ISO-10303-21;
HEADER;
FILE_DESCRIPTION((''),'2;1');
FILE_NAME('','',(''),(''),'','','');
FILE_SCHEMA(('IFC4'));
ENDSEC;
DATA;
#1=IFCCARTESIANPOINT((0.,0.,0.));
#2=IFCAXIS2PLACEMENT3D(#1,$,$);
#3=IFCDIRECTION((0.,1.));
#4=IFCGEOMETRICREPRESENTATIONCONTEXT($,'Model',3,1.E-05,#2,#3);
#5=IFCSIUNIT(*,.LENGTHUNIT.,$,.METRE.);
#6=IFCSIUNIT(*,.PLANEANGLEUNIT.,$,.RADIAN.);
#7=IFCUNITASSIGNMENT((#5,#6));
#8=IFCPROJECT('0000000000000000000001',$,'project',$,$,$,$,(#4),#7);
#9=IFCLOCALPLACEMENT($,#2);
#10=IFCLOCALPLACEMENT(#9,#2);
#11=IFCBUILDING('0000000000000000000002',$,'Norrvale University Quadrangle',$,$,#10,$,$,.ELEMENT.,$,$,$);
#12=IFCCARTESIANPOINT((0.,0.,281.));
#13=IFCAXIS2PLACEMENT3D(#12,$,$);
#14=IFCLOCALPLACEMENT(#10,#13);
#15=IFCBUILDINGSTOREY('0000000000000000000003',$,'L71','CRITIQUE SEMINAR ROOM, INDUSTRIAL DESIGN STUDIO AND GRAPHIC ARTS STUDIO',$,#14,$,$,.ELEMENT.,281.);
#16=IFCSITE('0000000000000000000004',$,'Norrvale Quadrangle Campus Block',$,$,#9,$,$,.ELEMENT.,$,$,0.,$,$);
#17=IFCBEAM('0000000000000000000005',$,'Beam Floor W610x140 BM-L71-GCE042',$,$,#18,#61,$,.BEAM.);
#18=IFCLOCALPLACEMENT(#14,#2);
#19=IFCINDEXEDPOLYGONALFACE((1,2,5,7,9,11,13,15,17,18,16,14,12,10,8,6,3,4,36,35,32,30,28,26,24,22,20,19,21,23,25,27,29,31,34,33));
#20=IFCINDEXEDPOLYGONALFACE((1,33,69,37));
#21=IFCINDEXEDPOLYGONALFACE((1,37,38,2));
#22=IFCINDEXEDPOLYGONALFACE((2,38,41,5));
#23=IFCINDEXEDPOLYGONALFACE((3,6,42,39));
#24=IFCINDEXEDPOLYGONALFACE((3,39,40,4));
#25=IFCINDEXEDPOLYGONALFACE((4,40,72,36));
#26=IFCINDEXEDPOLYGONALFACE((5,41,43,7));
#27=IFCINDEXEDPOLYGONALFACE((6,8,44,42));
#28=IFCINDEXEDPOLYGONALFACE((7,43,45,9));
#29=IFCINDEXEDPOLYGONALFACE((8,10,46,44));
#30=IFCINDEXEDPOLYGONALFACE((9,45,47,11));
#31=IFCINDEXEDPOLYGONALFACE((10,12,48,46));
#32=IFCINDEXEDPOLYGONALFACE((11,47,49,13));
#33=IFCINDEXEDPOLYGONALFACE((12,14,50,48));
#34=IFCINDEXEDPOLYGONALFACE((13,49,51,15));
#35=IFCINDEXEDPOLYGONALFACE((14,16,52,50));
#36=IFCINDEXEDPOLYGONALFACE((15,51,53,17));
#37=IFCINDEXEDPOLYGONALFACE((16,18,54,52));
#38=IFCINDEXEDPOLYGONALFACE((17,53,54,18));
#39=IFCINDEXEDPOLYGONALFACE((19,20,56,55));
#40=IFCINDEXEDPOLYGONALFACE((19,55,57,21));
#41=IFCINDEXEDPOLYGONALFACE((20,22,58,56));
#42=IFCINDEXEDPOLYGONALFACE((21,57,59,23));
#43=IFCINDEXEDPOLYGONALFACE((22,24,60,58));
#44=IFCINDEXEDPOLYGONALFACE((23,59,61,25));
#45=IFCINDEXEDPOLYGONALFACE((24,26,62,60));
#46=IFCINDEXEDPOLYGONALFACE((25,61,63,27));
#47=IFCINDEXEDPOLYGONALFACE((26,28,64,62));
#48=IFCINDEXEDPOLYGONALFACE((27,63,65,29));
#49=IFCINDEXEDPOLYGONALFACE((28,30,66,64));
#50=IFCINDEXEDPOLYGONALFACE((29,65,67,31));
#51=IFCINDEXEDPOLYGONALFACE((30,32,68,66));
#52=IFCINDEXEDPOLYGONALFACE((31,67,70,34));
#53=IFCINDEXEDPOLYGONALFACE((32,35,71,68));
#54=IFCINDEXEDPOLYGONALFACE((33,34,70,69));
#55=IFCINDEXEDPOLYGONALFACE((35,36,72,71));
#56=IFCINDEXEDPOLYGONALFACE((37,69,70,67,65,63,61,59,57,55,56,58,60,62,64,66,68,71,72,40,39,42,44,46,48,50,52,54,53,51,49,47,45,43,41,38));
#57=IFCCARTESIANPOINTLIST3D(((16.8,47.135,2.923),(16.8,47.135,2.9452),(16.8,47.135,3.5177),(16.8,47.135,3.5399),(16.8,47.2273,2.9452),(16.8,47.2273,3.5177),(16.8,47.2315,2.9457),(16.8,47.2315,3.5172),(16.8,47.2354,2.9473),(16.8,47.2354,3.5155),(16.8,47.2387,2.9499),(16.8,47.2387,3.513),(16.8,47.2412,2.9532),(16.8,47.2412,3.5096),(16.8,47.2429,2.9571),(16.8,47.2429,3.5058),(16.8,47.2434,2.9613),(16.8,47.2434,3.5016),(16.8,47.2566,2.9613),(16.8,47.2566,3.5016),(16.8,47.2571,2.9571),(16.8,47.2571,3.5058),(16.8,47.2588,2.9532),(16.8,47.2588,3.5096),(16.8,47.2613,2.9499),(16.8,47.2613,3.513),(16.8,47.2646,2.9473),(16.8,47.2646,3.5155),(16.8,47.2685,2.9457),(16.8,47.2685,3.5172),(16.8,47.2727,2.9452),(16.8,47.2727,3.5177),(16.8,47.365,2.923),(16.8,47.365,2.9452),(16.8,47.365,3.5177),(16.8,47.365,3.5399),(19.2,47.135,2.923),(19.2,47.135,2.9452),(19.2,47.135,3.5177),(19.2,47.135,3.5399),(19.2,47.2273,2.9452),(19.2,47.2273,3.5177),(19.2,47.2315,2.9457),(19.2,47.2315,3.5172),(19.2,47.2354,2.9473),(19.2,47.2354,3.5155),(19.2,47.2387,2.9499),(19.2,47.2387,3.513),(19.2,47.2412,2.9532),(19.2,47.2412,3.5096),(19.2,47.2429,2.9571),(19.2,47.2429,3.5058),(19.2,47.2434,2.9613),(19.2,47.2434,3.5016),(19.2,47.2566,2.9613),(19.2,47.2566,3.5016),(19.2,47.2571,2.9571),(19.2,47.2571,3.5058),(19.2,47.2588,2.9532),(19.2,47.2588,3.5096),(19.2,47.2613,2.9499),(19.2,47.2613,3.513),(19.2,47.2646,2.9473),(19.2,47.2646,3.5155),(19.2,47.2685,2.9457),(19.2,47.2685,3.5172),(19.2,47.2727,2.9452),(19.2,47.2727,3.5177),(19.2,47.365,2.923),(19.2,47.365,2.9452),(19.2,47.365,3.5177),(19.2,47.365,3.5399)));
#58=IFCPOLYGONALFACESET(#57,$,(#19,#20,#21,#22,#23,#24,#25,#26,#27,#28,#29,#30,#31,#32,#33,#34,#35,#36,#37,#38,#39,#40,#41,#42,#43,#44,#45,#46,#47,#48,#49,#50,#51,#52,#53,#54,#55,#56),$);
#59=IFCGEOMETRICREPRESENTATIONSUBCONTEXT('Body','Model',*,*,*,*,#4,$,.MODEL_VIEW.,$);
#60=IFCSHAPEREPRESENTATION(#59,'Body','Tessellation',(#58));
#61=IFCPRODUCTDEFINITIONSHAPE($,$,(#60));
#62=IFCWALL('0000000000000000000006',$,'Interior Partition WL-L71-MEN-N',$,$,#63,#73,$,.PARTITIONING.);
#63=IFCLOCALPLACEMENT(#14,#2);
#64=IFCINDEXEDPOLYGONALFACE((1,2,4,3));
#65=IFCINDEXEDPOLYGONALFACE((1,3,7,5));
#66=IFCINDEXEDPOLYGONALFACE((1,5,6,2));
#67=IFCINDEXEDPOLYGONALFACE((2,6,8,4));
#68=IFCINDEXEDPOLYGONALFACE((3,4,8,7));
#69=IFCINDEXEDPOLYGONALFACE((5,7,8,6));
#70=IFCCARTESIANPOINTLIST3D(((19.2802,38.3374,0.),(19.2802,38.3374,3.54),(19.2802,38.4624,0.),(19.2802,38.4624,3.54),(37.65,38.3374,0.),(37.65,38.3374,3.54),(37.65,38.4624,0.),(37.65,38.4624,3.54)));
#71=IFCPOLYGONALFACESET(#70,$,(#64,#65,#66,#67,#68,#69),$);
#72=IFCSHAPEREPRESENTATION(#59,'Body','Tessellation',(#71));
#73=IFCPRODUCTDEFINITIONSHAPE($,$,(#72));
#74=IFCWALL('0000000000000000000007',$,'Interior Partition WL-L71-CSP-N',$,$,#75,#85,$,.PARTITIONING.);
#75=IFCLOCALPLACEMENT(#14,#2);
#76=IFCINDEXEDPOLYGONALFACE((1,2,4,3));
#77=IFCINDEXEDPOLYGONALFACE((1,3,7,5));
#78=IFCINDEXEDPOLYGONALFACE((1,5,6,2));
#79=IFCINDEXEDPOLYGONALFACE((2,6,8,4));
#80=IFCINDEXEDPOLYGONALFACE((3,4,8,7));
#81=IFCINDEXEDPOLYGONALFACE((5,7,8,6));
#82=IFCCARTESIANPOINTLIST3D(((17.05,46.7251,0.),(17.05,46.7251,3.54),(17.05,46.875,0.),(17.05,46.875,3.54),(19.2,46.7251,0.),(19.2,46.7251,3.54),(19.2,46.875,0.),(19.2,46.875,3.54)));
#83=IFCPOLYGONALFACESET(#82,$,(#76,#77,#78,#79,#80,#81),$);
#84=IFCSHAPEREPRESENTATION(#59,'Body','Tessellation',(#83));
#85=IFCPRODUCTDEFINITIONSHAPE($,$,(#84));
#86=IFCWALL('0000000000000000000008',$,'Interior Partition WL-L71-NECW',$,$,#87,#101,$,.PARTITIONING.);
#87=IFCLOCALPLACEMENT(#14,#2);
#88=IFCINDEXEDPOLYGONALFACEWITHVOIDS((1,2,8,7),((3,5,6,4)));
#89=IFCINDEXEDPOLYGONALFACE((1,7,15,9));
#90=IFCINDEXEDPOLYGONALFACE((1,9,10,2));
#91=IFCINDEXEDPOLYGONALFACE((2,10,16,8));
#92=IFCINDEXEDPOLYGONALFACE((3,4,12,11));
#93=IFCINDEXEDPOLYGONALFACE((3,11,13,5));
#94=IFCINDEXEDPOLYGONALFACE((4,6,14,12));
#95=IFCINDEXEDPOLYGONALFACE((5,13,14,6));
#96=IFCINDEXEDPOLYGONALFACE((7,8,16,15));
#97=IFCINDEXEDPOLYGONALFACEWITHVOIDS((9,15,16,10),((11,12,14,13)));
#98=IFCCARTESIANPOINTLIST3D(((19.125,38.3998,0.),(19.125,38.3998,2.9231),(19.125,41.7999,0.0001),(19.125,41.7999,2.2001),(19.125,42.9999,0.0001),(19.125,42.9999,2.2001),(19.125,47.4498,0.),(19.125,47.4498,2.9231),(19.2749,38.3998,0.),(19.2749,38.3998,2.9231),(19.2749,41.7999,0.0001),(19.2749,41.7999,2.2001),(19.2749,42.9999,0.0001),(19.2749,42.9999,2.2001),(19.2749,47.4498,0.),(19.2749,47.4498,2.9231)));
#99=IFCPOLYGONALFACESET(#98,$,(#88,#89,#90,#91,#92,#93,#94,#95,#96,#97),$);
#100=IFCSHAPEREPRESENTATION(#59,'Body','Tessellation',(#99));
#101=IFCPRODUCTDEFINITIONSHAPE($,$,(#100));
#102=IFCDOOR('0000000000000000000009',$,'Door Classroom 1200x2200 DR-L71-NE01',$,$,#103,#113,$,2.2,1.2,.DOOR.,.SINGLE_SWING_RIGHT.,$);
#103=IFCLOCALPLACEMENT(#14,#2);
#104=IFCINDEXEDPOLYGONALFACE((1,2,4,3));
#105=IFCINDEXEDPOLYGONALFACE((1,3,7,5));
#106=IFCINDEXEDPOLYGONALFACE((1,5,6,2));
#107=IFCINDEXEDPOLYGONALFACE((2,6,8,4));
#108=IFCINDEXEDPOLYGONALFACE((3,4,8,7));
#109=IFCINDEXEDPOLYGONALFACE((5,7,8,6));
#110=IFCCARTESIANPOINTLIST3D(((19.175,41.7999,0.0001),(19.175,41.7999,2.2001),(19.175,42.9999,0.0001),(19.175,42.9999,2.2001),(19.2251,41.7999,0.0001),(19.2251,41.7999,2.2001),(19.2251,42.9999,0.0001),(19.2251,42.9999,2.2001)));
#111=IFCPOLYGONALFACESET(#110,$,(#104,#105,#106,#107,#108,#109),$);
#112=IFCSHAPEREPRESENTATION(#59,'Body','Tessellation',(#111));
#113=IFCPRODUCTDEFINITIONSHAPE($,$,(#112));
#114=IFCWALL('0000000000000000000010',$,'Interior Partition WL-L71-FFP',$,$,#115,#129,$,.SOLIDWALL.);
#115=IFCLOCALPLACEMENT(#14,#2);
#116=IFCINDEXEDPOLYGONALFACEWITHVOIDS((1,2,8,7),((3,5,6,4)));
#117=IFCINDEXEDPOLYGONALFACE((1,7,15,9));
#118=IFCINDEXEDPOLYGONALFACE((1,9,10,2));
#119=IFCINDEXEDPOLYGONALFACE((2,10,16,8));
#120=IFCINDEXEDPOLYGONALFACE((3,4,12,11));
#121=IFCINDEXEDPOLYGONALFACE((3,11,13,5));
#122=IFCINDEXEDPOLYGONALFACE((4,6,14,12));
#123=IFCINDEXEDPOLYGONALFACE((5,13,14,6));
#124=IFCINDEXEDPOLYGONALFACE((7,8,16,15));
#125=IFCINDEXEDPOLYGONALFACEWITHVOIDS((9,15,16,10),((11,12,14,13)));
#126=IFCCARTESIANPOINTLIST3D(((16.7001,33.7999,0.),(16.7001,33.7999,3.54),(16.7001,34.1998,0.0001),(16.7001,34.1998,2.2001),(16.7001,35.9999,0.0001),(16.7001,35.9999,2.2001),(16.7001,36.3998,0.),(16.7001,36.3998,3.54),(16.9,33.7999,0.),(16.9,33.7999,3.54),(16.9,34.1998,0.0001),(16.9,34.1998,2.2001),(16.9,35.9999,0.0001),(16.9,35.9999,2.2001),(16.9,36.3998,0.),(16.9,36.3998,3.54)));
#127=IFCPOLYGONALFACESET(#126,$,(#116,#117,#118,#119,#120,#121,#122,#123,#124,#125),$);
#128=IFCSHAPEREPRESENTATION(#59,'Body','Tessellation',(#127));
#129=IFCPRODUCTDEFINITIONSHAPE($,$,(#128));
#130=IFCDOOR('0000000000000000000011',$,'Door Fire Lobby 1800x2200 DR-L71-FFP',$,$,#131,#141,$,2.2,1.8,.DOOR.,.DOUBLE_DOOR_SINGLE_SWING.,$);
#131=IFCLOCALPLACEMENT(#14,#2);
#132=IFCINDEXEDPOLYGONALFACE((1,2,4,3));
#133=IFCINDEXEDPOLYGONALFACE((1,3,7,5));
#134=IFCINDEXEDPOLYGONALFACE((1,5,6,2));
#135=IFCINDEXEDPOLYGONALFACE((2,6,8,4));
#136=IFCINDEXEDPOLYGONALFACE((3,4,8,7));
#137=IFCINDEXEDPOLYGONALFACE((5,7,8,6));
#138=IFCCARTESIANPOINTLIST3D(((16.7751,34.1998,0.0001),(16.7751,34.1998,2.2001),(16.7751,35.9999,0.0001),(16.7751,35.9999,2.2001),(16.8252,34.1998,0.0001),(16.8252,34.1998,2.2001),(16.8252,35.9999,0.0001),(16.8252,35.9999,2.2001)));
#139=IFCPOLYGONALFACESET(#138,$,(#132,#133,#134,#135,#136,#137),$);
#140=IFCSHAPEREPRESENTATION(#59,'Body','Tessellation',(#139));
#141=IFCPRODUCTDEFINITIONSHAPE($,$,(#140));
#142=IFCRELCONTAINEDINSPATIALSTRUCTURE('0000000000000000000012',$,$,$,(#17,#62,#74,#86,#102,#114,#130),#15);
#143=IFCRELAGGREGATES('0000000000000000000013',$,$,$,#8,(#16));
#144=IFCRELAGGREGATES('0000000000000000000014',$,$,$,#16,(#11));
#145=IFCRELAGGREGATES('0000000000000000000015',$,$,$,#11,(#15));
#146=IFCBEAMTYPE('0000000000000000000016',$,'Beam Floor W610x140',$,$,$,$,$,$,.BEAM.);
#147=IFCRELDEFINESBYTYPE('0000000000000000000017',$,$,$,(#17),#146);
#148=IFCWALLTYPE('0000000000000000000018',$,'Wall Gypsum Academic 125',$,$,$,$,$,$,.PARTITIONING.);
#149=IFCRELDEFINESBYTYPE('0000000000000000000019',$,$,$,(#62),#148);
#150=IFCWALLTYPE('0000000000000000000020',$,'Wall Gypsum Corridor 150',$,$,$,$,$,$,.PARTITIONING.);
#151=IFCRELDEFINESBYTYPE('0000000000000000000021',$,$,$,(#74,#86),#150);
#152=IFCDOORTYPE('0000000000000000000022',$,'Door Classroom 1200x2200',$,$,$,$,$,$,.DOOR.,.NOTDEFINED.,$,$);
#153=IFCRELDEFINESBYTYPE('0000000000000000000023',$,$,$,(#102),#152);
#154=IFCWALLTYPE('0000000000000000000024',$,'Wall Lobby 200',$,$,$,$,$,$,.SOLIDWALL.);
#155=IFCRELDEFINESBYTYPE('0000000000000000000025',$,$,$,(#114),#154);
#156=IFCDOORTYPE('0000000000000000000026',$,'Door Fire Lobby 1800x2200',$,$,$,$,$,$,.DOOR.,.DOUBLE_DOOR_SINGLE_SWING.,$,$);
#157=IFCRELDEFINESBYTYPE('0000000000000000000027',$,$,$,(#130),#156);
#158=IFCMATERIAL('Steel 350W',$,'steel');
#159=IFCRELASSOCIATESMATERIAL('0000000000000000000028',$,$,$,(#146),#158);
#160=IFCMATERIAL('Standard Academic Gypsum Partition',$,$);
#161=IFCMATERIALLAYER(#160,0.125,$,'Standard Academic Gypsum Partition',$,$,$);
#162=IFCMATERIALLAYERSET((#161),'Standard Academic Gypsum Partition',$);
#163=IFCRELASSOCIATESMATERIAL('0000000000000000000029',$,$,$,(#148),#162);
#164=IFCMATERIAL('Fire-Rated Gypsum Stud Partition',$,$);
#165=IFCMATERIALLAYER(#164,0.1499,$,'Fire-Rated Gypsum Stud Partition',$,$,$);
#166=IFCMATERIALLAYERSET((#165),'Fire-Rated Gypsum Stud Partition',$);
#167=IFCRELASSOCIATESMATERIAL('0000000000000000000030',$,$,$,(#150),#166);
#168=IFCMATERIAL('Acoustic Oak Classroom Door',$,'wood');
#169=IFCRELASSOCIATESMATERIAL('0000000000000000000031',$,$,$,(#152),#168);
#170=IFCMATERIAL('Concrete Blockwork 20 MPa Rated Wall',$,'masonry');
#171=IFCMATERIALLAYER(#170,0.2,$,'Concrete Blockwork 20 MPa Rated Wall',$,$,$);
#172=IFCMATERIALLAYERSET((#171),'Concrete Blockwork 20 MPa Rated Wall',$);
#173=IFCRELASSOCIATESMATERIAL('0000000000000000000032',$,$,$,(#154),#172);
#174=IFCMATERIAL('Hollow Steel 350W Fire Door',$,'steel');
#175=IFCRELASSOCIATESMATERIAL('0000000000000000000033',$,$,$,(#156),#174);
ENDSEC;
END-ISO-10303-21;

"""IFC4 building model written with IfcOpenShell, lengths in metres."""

from ifc_helpers import new_model, si_unit, direction, frame, frame_2d, origin, origin_2d, place, context, subcontext, project, spatial, rectangle, i_section, extrude, material, layer, layer_set, material_profile, profile_set, type_object, element, fill, save


model = new_model("IFC4")

# Units and contexts
model_context = context("Model", 3, precision=1e-05, world=origin(), true_north=direction((0.0, 1.0)))
body_context = subcontext(model_context, "Body", "Model", "MODEL_VIEW")
ifc_project = project(units=[si_unit("LENGTHUNIT", "METRE"), si_unit("PLANEANGLEUNIT", "RADIAN")], contexts=[model_context])

# Site, building, storey
site_placement = place(None, origin())
site = spatial("IfcSite", under=ifc_project, at=site_placement, Name="Norrvale Quadrangle Campus Block", CompositionType="ELEMENT", RefElevation=0.0)
building_placement = place(site_placement, origin())
building = spatial("IfcBuilding", under=site, at=building_placement, Name="Norrvale University Quadrangle", CompositionType="ELEMENT")
storey_placement = place(building_placement, frame((0.0, 0.0, 281.0)))
storey = spatial("IfcBuildingStorey", under=building, at=storey_placement, Name="L71", Description="CRITIQUE SEMINAR ROOM, INDUSTRIAL DESIGN STUDIO AND GRAPHIC ARTS STUDIO", CompositionType="ELEMENT", Elevation=281.0)

# Beam
ifc_material_1 = material(Name="Steel 350W", Category="steel")
ifc_material_profile_1 = material_profile(ifc_material_1, i_section(OverallWidth=0.23, OverallDepth=0.6169, WebThickness=0.0132, FlangeThickness=0.0222, FilletRadius=0.0161, at=origin_2d()), Name="Steel 350W")
ifc_profile_set_1 = profile_set([ifc_material_profile_1], Name="Steel 350W")
beam_type_1 = type_object("IfcBeamType", Name="Beam Floor W610x140", PredefinedType="BEAM", material=ifc_profile_set_1)
for number, where, z_axis, x_axis, name in (
    (1, (16.8, 47.25, 3.2314), (1.0, 0.0, 0.0), (0.0, 1.0, 0.0), "Beam Floor W610x140 BM-L71-GCE042"),
):
    element("IfcBeam", number, at=place(storey_placement, frame(where, z_axis=z_axis, x_axis=x_axis)), inside=storey, type_object=beam_type_1, Name=name, PredefinedType="BEAM", context=body_context, shape_type="SweptSolid", body=[
        extrude(i_section(OverallWidth=0.23, OverallDepth=0.6169, WebThickness=0.0132, FlangeThickness=0.0222, FilletRadius=0.0161, at=origin_2d()), origin(), (0.0, 0.0, 1.0), 2.3999),
    ])

# Walls
ifc_material_2 = material(Name="Standard Academic Gypsum Partition")
ifc_layer_1 = layer(ifc_material_2, 0.125, Name="Standard Academic Gypsum Partition")
ifc_layer_set_1 = layer_set([ifc_layer_1], Name="Standard Academic Gypsum Partition")
wall_type_1 = type_object("IfcWallType", Name="Wall Gypsum Academic 125", PredefinedType="PARTITIONING", material=ifc_layer_set_1)
wall_1_placement = place(storey_placement, frame((19.28, 38.3999, 0.0), z_axis=(0.0, 0.0, 1.0), x_axis=(1.0, 0.0, 0.0)))
element("IfcWall", 2, at=wall_1_placement, inside=storey, type_object=wall_type_1, Name="Interior Partition WL-L71-MEN-N", PredefinedType="PARTITIONING", context=body_context, shape_type="SweptSolid", body=[
    extrude(rectangle(XDim=18.3699, YDim=0.125, at=frame_2d((9.1851, 0.0))), origin(), (0.0, 0.0, 1.0), 3.54),
])
ifc_material_3 = material(Name="Fire-Rated Gypsum Stud Partition")
ifc_layer_2 = layer(ifc_material_3, 0.1499, Name="Fire-Rated Gypsum Stud Partition")
ifc_layer_set_2 = layer_set([ifc_layer_2], Name="Fire-Rated Gypsum Stud Partition")
wall_type_2 = type_object("IfcWallType", Name="Wall Gypsum Corridor 150", PredefinedType="PARTITIONING", material=ifc_layer_set_2)
wall_2_placement = place(storey_placement, frame((17.05, 46.8, 0.0), z_axis=(0.0, 0.0, 1.0), x_axis=(1.0, 0.0, 0.0)))
element("IfcWall", 3, at=wall_2_placement, inside=storey, type_object=wall_type_2, Name="Interior Partition WL-L71-CSP-N", PredefinedType="PARTITIONING", context=body_context, shape_type="SweptSolid", body=[
    extrude(rectangle(XDim=2.1499, YDim=0.1499, at=frame_2d((1.075, 0.0))), origin(), (0.0, 0.0, 1.0), 3.54),
])

# Walls, openings, doors
wall_3_placement = place(storey_placement, frame((19.2, 38.3999, 0.0), z_axis=(0.0, 0.0, 1.0), x_axis=(0.0, 1.0, 0.0)))
wall_3 = element("IfcWall", 4, at=wall_3_placement, inside=storey, type_object=wall_type_2, Name="Interior Partition WL-L71-NECW", PredefinedType="PARTITIONING", context=body_context, shape_type="SweptSolid", body=[
    extrude(rectangle(XDim=9.05, YDim=0.1499, at=frame_2d((4.5249, 0.0))), origin(), (0.0, 0.0, 1.0), 2.9231),
])
opening_1_placement = place(wall_3_placement, frame((3.3999, 0.0, 0.0)))
opening_1 = element("IfcOpeningElement", 5, at=opening_1_placement, cuts=wall_3, PredefinedType="OPENING", context=body_context, shape_type="SweptSolid", body=[
    extrude(rectangle(XDim=1.2, YDim=2.2, at=frame_2d((0.6001, 1.1001))), frame((0.0, 0.0869, 0.0), z_axis=(0.0, -1.0, 0.0), x_axis=(1.0, 0.0, 0.0)), (0.0, 0.0, 1.0), 0.1738),
])
ifc_material_4 = material(Name="Acoustic Oak Classroom Door", Category="wood")
door_type_1 = type_object("IfcDoorType", Name="Door Classroom 1200x2200", OperationType="NOTDEFINED", PredefinedType="DOOR", material=ifc_material_4)
door_1_placement = place(opening_1_placement, origin())
door_1 = element("IfcDoor", 6, at=door_1_placement, inside=storey, type_object=door_type_1, Name="Door Classroom 1200x2200 DR-L71-NE01", OperationType="SINGLE_SWING_RIGHT", OverallHeight=2.2, OverallWidth=1.2, PredefinedType="DOOR", context=body_context, shape_type="SweptSolid", body=[
    extrude(rectangle(XDim=1.2, YDim=2.2, at=frame_2d((0.6001, 1.1001))), frame((0.0, 0.0249, 0.0), z_axis=(0.0, -1.0, 0.0), x_axis=(1.0, 0.0, 0.0)), (0.0, 0.0, 1.0), 0.05),
])
fill(opening_1, door_1)
ifc_material_5 = material(Name="Concrete Blockwork 20 MPa Rated Wall", Category="masonry")
ifc_layer_3 = layer(ifc_material_5, 0.2, Name="Concrete Blockwork 20 MPa Rated Wall")
ifc_layer_set_3 = layer_set([ifc_layer_3], Name="Concrete Blockwork 20 MPa Rated Wall")
wall_type_3 = type_object("IfcWallType", Name="Wall Lobby 200", PredefinedType="SOLIDWALL", material=ifc_layer_set_3)
wall_4_placement = place(storey_placement, frame((16.8, 33.8, 0.0), z_axis=(0.0, 0.0, 1.0), x_axis=(0.0, 1.0, 0.0)))
wall_4 = element("IfcWall", 7, at=wall_4_placement, inside=storey, type_object=wall_type_3, Name="Interior Partition WL-L71-FFP", PredefinedType="SOLIDWALL", context=body_context, shape_type="SweptSolid", body=[
    extrude(rectangle(XDim=2.5999, YDim=0.2, at=frame_2d((1.2998, 0.0))), origin(), (0.0, 0.0, 1.0), 3.54),
])
opening_2_placement = place(wall_4_placement, frame((0.3999, 0.0, 0.0)))
opening_2 = element("IfcOpeningElement", 8, at=opening_2_placement, cuts=wall_4, PredefinedType="OPENING", context=body_context, shape_type="SweptSolid", body=[
    extrude(rectangle(XDim=1.8, YDim=2.2, at=frame_2d((0.8999, 1.1001))), frame((0.0, 0.1121, 0.0), z_axis=(0.0, -1.0, 0.0), x_axis=(1.0, 0.0, 0.0)), (0.0, 0.0, 1.0), 0.2239),
])
ifc_material_6 = material(Name="Hollow Steel 350W Fire Door", Category="steel")
door_type_2 = type_object("IfcDoorType", Name="Door Fire Lobby 1800x2200", OperationType="DOUBLE_DOOR_SINGLE_SWING", PredefinedType="DOOR", material=ifc_material_6)
door_2_placement = place(opening_2_placement, origin())
door_2 = element("IfcDoor", 9, at=door_2_placement, inside=storey, type_object=door_type_2, Name="Door Fire Lobby 1800x2200 DR-L71-FFP", OperationType="DOUBLE_DOOR_SINGLE_SWING", OverallHeight=2.2, OverallWidth=1.8, PredefinedType="DOOR", context=body_context, shape_type="SweptSolid", body=[
    extrude(rectangle(XDim=1.8, YDim=2.2, at=frame_2d((0.8999, 1.1001))), frame((0.0, 0.0249, 0.0), z_axis=(0.0, -1.0, 0.0), x_axis=(1.0, 0.0, 0.0)), (0.0, 0.0, 1.0), 0.05),
])
fill(opening_2, door_2)

save(model, "model.ifc")
